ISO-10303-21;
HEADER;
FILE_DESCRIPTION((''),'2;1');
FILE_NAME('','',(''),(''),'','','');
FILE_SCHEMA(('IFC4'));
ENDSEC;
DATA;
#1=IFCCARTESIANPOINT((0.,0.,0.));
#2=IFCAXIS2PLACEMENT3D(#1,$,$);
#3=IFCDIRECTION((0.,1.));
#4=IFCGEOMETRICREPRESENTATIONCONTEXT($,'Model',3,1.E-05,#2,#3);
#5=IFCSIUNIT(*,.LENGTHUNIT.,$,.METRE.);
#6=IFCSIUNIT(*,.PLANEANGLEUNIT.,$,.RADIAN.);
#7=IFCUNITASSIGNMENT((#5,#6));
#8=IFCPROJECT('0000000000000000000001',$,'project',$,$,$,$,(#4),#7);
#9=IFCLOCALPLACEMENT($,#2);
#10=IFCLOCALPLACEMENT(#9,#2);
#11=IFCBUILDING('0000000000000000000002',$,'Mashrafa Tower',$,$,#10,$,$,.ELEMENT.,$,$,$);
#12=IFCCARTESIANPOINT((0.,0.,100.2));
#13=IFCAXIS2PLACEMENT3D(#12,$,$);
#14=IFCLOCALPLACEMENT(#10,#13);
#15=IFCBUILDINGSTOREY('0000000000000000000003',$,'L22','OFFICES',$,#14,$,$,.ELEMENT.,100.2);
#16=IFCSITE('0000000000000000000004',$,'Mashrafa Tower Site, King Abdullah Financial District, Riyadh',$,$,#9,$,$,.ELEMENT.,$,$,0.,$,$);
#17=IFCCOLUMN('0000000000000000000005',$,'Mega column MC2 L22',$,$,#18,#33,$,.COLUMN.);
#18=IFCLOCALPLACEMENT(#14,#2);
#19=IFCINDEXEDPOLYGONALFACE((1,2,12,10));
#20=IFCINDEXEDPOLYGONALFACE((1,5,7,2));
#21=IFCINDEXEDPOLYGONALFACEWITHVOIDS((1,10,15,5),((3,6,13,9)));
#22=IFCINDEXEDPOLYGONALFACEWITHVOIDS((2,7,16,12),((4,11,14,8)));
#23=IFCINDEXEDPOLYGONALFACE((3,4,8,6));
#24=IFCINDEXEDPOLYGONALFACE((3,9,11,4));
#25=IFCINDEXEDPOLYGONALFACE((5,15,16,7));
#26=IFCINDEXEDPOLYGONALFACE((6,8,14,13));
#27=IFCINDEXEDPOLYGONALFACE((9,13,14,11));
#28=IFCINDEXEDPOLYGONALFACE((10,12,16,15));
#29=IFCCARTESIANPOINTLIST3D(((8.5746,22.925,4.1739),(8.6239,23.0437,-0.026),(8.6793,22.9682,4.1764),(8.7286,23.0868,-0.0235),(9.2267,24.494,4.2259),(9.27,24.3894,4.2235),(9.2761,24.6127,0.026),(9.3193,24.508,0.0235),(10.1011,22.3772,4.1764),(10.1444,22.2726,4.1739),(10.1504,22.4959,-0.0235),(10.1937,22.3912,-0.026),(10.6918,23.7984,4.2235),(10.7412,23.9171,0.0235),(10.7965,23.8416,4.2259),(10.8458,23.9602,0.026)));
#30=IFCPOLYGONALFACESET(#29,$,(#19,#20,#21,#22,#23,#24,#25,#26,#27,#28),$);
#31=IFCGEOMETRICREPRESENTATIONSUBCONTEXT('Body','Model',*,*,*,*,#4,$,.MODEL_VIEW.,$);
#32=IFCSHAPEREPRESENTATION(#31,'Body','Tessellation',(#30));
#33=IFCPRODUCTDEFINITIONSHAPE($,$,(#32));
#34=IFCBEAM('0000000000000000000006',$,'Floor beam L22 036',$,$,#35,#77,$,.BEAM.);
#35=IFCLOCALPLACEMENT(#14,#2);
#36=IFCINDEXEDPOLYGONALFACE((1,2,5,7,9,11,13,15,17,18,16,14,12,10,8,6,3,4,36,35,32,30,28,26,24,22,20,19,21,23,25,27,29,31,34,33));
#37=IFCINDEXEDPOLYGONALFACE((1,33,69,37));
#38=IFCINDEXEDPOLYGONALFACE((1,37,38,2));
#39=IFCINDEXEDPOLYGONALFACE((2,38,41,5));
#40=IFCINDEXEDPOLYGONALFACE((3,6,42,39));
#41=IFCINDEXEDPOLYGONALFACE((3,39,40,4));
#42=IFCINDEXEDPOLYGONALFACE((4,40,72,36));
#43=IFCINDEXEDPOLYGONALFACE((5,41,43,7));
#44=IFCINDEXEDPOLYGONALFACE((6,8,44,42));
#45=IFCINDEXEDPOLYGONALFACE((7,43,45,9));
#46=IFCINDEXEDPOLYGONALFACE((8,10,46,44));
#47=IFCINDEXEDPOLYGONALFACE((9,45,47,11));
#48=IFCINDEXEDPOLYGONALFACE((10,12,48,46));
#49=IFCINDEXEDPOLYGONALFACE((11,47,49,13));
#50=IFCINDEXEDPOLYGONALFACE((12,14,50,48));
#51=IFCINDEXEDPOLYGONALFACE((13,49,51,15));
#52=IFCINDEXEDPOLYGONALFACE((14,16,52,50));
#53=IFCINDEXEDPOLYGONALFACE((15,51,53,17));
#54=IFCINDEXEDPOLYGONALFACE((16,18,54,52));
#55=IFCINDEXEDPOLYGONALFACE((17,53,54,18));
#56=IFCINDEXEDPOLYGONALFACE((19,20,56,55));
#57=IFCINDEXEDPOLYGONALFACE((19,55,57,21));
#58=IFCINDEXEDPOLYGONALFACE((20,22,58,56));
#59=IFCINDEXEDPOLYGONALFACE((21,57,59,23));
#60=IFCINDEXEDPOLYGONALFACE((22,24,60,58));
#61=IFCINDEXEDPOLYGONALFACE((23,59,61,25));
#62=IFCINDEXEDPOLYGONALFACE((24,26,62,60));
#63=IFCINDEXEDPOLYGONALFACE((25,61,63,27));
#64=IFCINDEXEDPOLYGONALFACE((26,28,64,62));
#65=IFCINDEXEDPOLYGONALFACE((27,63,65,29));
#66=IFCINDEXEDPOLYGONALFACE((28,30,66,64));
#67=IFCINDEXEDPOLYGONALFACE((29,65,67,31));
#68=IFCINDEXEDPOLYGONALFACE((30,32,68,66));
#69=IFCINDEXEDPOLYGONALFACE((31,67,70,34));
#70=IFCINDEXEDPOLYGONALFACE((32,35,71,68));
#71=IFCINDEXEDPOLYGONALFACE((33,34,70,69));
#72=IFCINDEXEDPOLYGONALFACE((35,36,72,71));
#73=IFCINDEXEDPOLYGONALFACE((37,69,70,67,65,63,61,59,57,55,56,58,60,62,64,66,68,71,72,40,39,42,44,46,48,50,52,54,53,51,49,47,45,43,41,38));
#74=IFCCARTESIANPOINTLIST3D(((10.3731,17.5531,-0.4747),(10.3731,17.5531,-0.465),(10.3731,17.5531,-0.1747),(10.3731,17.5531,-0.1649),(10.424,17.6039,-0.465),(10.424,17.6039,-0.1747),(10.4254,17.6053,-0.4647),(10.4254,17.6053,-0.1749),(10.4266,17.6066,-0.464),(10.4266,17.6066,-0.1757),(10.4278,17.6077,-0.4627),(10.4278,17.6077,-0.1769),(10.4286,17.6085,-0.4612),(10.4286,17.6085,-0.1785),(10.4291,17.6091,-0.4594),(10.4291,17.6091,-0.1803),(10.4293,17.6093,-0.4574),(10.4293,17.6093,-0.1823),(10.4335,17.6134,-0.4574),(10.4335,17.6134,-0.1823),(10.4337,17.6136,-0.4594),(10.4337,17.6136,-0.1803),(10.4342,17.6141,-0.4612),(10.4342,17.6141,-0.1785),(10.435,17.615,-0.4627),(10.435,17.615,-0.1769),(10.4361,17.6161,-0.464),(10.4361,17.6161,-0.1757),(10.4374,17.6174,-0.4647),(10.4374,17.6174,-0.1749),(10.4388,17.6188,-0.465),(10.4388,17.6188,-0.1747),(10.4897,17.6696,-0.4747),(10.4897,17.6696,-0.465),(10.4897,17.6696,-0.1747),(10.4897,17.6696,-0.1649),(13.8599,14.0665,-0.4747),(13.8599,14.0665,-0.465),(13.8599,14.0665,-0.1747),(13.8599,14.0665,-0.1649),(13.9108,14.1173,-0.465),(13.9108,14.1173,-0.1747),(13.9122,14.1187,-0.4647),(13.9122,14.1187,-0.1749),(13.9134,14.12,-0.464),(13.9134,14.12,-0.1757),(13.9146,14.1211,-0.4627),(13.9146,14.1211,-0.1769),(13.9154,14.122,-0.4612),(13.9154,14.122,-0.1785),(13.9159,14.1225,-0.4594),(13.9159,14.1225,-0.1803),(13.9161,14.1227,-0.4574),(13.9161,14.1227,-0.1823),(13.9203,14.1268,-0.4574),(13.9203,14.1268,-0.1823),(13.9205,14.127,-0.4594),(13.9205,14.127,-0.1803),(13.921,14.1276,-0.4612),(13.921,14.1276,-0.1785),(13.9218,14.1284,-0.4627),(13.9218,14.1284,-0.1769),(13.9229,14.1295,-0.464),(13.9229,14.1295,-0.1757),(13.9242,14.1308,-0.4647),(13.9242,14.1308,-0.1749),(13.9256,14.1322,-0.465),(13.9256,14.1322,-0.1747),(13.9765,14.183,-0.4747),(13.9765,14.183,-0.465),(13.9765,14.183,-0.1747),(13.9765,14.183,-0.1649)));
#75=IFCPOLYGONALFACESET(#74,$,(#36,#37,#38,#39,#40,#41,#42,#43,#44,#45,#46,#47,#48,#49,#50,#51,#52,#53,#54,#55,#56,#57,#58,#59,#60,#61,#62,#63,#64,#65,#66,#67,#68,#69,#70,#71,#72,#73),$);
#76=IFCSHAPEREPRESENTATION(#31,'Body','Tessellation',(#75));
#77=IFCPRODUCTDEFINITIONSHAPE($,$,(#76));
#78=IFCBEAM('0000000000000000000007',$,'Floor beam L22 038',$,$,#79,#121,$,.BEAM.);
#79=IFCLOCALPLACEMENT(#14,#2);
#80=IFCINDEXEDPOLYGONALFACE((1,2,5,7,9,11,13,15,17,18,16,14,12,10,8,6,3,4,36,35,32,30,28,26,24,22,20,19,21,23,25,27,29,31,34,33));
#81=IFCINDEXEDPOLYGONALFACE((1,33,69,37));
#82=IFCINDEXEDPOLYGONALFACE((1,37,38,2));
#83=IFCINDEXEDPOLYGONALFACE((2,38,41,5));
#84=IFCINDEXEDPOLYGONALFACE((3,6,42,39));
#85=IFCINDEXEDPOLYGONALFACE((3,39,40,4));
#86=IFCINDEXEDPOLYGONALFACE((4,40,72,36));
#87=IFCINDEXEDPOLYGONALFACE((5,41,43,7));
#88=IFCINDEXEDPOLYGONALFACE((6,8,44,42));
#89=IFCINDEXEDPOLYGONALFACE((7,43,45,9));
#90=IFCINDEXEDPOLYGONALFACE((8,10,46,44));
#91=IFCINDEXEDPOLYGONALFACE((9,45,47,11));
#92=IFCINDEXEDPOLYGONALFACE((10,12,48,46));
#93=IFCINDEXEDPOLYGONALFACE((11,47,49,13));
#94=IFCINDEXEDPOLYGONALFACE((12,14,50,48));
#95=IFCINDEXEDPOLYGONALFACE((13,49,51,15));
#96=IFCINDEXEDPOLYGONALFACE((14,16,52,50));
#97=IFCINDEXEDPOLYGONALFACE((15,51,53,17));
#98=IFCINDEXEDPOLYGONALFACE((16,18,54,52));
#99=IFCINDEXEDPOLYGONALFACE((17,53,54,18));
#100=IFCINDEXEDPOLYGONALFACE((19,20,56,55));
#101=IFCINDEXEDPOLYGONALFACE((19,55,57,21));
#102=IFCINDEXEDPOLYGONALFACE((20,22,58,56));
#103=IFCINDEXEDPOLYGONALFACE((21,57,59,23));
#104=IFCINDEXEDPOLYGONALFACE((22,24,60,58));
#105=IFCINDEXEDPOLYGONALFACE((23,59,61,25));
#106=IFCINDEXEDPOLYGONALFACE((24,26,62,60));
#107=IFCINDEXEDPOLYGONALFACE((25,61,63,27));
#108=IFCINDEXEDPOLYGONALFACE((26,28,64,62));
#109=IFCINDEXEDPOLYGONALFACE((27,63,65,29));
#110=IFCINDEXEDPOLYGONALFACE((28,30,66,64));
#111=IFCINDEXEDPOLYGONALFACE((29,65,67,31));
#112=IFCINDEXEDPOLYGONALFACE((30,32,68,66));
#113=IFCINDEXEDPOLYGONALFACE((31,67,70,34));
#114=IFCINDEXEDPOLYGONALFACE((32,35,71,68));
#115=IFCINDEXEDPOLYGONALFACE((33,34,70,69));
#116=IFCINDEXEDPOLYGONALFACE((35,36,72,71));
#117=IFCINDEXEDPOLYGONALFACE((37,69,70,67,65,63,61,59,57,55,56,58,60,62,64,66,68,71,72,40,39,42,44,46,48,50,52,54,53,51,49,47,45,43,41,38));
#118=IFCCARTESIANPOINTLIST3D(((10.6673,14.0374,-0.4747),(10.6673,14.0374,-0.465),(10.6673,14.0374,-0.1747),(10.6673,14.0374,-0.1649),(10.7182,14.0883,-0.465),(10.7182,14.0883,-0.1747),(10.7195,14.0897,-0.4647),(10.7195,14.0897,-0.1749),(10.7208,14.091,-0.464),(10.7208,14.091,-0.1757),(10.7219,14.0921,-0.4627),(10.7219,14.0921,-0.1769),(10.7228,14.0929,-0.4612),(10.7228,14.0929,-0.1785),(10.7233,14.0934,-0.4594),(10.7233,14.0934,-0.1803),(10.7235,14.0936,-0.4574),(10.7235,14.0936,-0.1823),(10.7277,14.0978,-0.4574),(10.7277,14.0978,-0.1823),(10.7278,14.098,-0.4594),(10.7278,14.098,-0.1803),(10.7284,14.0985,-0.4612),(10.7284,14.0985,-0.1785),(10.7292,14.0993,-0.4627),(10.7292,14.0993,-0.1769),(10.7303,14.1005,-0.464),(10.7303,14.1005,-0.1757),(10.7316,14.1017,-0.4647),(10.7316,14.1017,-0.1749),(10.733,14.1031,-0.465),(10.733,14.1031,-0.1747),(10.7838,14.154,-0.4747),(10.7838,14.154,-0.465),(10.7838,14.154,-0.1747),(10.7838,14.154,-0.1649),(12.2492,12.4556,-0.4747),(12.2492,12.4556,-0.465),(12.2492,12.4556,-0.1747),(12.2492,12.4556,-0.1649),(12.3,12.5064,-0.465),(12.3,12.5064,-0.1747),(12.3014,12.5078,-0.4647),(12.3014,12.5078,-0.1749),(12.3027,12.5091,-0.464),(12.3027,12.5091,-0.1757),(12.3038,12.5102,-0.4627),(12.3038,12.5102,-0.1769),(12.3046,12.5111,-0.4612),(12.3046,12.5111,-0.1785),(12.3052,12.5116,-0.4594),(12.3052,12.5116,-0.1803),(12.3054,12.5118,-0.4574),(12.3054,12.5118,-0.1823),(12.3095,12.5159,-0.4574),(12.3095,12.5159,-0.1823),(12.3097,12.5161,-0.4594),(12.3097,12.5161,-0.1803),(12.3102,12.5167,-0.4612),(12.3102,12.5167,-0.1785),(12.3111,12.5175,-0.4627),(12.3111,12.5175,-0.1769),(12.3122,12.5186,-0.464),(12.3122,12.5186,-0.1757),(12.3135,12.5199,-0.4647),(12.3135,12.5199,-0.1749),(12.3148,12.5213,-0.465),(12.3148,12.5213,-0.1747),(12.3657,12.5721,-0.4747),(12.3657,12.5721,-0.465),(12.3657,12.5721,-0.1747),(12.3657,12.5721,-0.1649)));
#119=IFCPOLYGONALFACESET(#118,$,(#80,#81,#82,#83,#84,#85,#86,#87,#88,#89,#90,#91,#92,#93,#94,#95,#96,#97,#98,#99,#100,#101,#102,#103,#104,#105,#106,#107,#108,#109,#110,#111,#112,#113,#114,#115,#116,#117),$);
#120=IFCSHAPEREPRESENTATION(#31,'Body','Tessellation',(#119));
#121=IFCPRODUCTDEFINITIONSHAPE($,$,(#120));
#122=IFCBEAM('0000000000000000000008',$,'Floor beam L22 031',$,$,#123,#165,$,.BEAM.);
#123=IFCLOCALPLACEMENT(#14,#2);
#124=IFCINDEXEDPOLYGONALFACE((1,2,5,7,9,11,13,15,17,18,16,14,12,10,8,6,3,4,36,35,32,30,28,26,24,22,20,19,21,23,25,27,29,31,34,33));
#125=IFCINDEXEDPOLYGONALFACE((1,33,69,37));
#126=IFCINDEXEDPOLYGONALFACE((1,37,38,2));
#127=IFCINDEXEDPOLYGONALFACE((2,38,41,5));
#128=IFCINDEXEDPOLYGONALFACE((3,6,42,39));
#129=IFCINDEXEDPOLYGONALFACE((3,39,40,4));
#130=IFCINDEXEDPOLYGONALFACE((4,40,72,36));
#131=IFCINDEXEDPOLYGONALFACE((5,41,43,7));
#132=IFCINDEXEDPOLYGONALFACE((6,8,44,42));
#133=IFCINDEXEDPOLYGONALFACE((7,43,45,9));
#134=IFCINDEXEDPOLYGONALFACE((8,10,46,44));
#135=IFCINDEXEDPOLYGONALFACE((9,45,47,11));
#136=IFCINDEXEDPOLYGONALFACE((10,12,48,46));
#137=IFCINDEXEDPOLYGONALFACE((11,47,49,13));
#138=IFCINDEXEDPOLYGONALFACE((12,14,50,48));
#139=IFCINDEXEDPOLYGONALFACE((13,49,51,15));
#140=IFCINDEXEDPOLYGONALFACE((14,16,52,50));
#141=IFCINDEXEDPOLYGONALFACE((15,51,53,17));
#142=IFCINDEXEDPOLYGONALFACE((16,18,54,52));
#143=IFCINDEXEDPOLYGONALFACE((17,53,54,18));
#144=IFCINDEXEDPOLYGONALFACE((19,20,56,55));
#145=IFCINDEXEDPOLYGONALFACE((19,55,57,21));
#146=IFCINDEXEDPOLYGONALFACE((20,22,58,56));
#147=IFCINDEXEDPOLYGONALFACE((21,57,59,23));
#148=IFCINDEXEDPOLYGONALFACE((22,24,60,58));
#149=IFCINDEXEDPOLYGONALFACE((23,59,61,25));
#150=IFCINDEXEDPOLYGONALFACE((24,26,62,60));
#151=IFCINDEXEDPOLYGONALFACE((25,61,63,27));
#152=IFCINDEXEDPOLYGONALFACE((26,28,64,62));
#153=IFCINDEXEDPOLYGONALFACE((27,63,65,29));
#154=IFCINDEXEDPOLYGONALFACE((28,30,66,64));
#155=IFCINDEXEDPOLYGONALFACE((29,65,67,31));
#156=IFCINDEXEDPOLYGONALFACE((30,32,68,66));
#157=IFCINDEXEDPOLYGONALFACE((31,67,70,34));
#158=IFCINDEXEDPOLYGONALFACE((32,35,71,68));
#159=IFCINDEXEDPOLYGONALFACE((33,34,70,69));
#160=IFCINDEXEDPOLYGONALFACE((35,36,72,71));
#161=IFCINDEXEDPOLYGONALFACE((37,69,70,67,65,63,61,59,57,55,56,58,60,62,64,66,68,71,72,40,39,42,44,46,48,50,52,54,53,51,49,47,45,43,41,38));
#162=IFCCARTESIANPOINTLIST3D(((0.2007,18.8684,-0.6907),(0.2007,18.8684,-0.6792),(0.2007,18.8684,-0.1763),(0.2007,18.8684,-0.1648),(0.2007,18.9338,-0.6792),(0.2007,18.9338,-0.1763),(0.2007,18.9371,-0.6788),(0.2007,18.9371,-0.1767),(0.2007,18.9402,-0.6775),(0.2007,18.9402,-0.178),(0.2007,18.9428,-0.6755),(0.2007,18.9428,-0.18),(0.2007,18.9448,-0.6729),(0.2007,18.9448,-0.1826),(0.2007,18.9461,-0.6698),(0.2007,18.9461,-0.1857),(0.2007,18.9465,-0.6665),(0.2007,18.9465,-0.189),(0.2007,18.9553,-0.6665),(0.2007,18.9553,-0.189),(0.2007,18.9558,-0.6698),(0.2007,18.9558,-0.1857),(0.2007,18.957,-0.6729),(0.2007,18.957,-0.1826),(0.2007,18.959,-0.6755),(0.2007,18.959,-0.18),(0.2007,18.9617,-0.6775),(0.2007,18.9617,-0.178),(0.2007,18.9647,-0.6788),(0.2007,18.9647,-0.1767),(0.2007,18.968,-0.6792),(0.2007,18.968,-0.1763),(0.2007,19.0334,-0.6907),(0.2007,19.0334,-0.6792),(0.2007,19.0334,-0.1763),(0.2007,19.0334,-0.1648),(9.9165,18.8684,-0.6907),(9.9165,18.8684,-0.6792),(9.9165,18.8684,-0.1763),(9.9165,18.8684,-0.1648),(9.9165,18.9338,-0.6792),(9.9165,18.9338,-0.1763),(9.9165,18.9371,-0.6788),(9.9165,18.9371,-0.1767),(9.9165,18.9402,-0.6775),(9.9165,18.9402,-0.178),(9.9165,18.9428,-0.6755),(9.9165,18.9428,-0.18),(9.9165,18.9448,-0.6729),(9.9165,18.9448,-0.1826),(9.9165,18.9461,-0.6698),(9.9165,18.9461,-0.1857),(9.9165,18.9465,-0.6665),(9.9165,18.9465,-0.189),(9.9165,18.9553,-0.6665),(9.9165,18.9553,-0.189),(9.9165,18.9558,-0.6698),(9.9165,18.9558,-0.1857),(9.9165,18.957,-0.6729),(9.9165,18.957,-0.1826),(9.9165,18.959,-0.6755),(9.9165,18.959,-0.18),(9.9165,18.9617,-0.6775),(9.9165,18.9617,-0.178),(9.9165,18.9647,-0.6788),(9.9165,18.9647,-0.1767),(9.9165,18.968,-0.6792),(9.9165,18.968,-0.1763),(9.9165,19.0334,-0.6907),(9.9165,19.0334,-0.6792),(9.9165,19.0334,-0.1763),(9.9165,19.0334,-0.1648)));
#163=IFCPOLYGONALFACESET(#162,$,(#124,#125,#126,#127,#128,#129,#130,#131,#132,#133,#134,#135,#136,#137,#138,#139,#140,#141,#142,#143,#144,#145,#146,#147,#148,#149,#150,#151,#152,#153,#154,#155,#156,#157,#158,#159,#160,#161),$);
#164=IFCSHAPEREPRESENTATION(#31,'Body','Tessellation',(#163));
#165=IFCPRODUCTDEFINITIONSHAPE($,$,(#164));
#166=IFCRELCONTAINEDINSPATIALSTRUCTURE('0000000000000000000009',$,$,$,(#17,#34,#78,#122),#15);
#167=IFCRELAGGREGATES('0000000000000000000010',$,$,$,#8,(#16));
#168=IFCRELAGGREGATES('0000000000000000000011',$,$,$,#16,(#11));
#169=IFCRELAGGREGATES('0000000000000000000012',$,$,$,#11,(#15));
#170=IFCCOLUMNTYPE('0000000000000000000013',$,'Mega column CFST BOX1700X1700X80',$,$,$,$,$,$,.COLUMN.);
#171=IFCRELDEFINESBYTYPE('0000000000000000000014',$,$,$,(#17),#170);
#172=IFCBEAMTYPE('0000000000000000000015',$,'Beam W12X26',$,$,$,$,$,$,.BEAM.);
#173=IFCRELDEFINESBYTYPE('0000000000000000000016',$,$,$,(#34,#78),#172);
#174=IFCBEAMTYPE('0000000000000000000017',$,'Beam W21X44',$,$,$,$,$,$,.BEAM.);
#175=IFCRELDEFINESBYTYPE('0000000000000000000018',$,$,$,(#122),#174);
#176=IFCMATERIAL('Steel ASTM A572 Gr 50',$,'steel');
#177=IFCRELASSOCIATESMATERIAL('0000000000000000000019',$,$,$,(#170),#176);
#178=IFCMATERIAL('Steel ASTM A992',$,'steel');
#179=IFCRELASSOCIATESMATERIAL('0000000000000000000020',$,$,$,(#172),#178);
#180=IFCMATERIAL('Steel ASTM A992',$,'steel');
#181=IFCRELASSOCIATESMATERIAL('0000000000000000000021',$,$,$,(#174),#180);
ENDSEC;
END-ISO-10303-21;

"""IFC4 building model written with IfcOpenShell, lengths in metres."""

from ifc_helpers import new_model, si_unit, direction, frame, origin, origin_2d, place, context, subcontext, project, spatial, hollow_rectangle, i_section, extrude, material, material_profile, profile_set, type_object, element, save


model = new_model("IFC4")

# Units and contexts
model_context = context("Model", 3, precision=1e-05, world=origin(), true_north=direction((0.0, 1.0)))
body_context = subcontext(model_context, "Body", "Model", "MODEL_VIEW")
ifc_project = project(units=[si_unit("LENGTHUNIT", "METRE"), si_unit("PLANEANGLEUNIT", "RADIAN")], contexts=[model_context])

# Site, building, storey
site_placement = place(None, origin())
site = spatial("IfcSite", under=ifc_project, at=site_placement, Name="Mashrafa Tower Site, King Abdullah Financial District, Riyadh", CompositionType="ELEMENT", RefElevation=0.0)
building_placement = place(site_placement, origin())
building = spatial("IfcBuilding", under=site, at=building_placement, Name="Mashrafa Tower", CompositionType="ELEMENT")
storey_placement = place(building_placement, frame((0.0, 0.0, 100.2)))
storey = spatial("IfcBuildingStorey", under=building, at=storey_placement, Name="L22", Description="OFFICES", CompositionType="ELEMENT", Elevation=100.2)

# Column
ifc_material_1 = material(Name="Steel ASTM A572 Gr 50", Category="steel")
ifc_material_profile_1 = material_profile(ifc_material_1, hollow_rectangle(XDim=1.7, YDim=1.7, WallThickness=0.0801, at=origin_2d()), Name="BOX1700X1700X80")
ifc_profile_set_1 = profile_set([ifc_material_profile_1], Name="Steel ASTM A572 Gr 50")
column_type = type_object("IfcColumnType", Name="Mega column CFST BOX1700X1700X80", PredefinedType="COLUMN", material=ifc_profile_set_1)
column_placement = place(storey_placement, frame((9.7349, 23.502, 0.0), z_axis=(-0.011737, -0.028238, 0.999532), x_axis=(0.923414, -0.383806, 0.0)))
element("IfcColumn", 1, at=column_placement, inside=storey, type_object=column_type, Name="Mega column MC2 L22", PredefinedType="COLUMN", context=body_context, shape_type="SweptSolid", body=[
    extrude(hollow_rectangle(XDim=1.7, YDim=1.7, WallThickness=0.0801, at=origin_2d()), origin(), (0.0, 0.0, 1.0), 4.2019),
])

# Beams
ifc_material_2 = material(Name="Steel ASTM A992", Category="steel")
ifc_material_profile_2 = material_profile(ifc_material_2, i_section(OverallWidth=0.1648, OverallDepth=0.3098, WebThickness=0.0059, FlangeThickness=0.0098, FilletRadius=0.0076, at=origin_2d()), Name="W12X26")
ifc_profile_set_2 = profile_set([ifc_material_profile_2], Name="Steel ASTM A992")
beam_type_1 = type_object("IfcBeamType", Name="Beam W12X26", PredefinedType="BEAM", material=ifc_profile_set_2)
beam_1_placement = place(storey_placement, frame((10.4314, 17.6113, -0.3198), z_axis=(0.707132, -0.707082, 0.0), x_axis=(0.707082, 0.707132, 0.0)))
element("IfcBeam", 2, at=beam_1_placement, inside=storey, type_object=beam_type_1, Name="Floor beam L22 036", PredefinedType="BEAM", context=body_context, shape_type="SweptSolid", body=[
    extrude(i_section(OverallWidth=0.1648, OverallDepth=0.3098, WebThickness=0.0059, FlangeThickness=0.0098, FilletRadius=0.0076, at=origin_2d()), origin(), (0.0, 0.0, 1.0), 4.9309),
])
beam_2_placement = place(storey_placement, frame((10.7256, 14.0957, -0.3198), z_axis=(0.707107, -0.707107, 0.0), x_axis=(0.707107, 0.707107, 0.0)))
element("IfcBeam", 3, at=beam_2_placement, inside=storey, type_object=beam_type_1, Name="Floor beam L22 038", PredefinedType="BEAM", context=body_context, shape_type="SweptSolid", body=[
    extrude(i_section(OverallWidth=0.1648, OverallDepth=0.3098, WebThickness=0.0059, FlangeThickness=0.0098, FilletRadius=0.0076, at=origin_2d()), origin(), (0.0, 0.0, 1.0), 2.2371),
])
ifc_material_3 = material(Name="Steel ASTM A992", Category="steel")
ifc_material_profile_3 = material_profile(ifc_material_3, i_section(OverallWidth=0.165, OverallDepth=0.5259, WebThickness=0.0088, FlangeThickness=0.0115, FilletRadius=0.0127, at=origin_2d()), Name="W21X44")
ifc_profile_set_3 = profile_set([ifc_material_profile_3], Name="Steel ASTM A992")
beam_type_2 = type_object("IfcBeamType", Name="Beam W21X44", PredefinedType="BEAM", material=ifc_profile_set_3)
beam_3_placement = place(storey_placement, frame((0.2007, 18.9509, -0.4277), z_axis=(1.0, 0.0, 0.0), x_axis=(0.0, 1.0, 0.0)))
element("IfcBeam", 4, at=beam_3_placement, inside=storey, type_object=beam_type_2, Name="Floor beam L22 031", PredefinedType="BEAM", context=body_context, shape_type="SweptSolid", body=[
    extrude(i_section(OverallWidth=0.165, OverallDepth=0.5259, WebThickness=0.0088, FlangeThickness=0.0115, FilletRadius=0.0127, at=origin_2d()), origin(), (0.0, 0.0, 1.0), 9.7158),
])

save(model, "model.ifc")
